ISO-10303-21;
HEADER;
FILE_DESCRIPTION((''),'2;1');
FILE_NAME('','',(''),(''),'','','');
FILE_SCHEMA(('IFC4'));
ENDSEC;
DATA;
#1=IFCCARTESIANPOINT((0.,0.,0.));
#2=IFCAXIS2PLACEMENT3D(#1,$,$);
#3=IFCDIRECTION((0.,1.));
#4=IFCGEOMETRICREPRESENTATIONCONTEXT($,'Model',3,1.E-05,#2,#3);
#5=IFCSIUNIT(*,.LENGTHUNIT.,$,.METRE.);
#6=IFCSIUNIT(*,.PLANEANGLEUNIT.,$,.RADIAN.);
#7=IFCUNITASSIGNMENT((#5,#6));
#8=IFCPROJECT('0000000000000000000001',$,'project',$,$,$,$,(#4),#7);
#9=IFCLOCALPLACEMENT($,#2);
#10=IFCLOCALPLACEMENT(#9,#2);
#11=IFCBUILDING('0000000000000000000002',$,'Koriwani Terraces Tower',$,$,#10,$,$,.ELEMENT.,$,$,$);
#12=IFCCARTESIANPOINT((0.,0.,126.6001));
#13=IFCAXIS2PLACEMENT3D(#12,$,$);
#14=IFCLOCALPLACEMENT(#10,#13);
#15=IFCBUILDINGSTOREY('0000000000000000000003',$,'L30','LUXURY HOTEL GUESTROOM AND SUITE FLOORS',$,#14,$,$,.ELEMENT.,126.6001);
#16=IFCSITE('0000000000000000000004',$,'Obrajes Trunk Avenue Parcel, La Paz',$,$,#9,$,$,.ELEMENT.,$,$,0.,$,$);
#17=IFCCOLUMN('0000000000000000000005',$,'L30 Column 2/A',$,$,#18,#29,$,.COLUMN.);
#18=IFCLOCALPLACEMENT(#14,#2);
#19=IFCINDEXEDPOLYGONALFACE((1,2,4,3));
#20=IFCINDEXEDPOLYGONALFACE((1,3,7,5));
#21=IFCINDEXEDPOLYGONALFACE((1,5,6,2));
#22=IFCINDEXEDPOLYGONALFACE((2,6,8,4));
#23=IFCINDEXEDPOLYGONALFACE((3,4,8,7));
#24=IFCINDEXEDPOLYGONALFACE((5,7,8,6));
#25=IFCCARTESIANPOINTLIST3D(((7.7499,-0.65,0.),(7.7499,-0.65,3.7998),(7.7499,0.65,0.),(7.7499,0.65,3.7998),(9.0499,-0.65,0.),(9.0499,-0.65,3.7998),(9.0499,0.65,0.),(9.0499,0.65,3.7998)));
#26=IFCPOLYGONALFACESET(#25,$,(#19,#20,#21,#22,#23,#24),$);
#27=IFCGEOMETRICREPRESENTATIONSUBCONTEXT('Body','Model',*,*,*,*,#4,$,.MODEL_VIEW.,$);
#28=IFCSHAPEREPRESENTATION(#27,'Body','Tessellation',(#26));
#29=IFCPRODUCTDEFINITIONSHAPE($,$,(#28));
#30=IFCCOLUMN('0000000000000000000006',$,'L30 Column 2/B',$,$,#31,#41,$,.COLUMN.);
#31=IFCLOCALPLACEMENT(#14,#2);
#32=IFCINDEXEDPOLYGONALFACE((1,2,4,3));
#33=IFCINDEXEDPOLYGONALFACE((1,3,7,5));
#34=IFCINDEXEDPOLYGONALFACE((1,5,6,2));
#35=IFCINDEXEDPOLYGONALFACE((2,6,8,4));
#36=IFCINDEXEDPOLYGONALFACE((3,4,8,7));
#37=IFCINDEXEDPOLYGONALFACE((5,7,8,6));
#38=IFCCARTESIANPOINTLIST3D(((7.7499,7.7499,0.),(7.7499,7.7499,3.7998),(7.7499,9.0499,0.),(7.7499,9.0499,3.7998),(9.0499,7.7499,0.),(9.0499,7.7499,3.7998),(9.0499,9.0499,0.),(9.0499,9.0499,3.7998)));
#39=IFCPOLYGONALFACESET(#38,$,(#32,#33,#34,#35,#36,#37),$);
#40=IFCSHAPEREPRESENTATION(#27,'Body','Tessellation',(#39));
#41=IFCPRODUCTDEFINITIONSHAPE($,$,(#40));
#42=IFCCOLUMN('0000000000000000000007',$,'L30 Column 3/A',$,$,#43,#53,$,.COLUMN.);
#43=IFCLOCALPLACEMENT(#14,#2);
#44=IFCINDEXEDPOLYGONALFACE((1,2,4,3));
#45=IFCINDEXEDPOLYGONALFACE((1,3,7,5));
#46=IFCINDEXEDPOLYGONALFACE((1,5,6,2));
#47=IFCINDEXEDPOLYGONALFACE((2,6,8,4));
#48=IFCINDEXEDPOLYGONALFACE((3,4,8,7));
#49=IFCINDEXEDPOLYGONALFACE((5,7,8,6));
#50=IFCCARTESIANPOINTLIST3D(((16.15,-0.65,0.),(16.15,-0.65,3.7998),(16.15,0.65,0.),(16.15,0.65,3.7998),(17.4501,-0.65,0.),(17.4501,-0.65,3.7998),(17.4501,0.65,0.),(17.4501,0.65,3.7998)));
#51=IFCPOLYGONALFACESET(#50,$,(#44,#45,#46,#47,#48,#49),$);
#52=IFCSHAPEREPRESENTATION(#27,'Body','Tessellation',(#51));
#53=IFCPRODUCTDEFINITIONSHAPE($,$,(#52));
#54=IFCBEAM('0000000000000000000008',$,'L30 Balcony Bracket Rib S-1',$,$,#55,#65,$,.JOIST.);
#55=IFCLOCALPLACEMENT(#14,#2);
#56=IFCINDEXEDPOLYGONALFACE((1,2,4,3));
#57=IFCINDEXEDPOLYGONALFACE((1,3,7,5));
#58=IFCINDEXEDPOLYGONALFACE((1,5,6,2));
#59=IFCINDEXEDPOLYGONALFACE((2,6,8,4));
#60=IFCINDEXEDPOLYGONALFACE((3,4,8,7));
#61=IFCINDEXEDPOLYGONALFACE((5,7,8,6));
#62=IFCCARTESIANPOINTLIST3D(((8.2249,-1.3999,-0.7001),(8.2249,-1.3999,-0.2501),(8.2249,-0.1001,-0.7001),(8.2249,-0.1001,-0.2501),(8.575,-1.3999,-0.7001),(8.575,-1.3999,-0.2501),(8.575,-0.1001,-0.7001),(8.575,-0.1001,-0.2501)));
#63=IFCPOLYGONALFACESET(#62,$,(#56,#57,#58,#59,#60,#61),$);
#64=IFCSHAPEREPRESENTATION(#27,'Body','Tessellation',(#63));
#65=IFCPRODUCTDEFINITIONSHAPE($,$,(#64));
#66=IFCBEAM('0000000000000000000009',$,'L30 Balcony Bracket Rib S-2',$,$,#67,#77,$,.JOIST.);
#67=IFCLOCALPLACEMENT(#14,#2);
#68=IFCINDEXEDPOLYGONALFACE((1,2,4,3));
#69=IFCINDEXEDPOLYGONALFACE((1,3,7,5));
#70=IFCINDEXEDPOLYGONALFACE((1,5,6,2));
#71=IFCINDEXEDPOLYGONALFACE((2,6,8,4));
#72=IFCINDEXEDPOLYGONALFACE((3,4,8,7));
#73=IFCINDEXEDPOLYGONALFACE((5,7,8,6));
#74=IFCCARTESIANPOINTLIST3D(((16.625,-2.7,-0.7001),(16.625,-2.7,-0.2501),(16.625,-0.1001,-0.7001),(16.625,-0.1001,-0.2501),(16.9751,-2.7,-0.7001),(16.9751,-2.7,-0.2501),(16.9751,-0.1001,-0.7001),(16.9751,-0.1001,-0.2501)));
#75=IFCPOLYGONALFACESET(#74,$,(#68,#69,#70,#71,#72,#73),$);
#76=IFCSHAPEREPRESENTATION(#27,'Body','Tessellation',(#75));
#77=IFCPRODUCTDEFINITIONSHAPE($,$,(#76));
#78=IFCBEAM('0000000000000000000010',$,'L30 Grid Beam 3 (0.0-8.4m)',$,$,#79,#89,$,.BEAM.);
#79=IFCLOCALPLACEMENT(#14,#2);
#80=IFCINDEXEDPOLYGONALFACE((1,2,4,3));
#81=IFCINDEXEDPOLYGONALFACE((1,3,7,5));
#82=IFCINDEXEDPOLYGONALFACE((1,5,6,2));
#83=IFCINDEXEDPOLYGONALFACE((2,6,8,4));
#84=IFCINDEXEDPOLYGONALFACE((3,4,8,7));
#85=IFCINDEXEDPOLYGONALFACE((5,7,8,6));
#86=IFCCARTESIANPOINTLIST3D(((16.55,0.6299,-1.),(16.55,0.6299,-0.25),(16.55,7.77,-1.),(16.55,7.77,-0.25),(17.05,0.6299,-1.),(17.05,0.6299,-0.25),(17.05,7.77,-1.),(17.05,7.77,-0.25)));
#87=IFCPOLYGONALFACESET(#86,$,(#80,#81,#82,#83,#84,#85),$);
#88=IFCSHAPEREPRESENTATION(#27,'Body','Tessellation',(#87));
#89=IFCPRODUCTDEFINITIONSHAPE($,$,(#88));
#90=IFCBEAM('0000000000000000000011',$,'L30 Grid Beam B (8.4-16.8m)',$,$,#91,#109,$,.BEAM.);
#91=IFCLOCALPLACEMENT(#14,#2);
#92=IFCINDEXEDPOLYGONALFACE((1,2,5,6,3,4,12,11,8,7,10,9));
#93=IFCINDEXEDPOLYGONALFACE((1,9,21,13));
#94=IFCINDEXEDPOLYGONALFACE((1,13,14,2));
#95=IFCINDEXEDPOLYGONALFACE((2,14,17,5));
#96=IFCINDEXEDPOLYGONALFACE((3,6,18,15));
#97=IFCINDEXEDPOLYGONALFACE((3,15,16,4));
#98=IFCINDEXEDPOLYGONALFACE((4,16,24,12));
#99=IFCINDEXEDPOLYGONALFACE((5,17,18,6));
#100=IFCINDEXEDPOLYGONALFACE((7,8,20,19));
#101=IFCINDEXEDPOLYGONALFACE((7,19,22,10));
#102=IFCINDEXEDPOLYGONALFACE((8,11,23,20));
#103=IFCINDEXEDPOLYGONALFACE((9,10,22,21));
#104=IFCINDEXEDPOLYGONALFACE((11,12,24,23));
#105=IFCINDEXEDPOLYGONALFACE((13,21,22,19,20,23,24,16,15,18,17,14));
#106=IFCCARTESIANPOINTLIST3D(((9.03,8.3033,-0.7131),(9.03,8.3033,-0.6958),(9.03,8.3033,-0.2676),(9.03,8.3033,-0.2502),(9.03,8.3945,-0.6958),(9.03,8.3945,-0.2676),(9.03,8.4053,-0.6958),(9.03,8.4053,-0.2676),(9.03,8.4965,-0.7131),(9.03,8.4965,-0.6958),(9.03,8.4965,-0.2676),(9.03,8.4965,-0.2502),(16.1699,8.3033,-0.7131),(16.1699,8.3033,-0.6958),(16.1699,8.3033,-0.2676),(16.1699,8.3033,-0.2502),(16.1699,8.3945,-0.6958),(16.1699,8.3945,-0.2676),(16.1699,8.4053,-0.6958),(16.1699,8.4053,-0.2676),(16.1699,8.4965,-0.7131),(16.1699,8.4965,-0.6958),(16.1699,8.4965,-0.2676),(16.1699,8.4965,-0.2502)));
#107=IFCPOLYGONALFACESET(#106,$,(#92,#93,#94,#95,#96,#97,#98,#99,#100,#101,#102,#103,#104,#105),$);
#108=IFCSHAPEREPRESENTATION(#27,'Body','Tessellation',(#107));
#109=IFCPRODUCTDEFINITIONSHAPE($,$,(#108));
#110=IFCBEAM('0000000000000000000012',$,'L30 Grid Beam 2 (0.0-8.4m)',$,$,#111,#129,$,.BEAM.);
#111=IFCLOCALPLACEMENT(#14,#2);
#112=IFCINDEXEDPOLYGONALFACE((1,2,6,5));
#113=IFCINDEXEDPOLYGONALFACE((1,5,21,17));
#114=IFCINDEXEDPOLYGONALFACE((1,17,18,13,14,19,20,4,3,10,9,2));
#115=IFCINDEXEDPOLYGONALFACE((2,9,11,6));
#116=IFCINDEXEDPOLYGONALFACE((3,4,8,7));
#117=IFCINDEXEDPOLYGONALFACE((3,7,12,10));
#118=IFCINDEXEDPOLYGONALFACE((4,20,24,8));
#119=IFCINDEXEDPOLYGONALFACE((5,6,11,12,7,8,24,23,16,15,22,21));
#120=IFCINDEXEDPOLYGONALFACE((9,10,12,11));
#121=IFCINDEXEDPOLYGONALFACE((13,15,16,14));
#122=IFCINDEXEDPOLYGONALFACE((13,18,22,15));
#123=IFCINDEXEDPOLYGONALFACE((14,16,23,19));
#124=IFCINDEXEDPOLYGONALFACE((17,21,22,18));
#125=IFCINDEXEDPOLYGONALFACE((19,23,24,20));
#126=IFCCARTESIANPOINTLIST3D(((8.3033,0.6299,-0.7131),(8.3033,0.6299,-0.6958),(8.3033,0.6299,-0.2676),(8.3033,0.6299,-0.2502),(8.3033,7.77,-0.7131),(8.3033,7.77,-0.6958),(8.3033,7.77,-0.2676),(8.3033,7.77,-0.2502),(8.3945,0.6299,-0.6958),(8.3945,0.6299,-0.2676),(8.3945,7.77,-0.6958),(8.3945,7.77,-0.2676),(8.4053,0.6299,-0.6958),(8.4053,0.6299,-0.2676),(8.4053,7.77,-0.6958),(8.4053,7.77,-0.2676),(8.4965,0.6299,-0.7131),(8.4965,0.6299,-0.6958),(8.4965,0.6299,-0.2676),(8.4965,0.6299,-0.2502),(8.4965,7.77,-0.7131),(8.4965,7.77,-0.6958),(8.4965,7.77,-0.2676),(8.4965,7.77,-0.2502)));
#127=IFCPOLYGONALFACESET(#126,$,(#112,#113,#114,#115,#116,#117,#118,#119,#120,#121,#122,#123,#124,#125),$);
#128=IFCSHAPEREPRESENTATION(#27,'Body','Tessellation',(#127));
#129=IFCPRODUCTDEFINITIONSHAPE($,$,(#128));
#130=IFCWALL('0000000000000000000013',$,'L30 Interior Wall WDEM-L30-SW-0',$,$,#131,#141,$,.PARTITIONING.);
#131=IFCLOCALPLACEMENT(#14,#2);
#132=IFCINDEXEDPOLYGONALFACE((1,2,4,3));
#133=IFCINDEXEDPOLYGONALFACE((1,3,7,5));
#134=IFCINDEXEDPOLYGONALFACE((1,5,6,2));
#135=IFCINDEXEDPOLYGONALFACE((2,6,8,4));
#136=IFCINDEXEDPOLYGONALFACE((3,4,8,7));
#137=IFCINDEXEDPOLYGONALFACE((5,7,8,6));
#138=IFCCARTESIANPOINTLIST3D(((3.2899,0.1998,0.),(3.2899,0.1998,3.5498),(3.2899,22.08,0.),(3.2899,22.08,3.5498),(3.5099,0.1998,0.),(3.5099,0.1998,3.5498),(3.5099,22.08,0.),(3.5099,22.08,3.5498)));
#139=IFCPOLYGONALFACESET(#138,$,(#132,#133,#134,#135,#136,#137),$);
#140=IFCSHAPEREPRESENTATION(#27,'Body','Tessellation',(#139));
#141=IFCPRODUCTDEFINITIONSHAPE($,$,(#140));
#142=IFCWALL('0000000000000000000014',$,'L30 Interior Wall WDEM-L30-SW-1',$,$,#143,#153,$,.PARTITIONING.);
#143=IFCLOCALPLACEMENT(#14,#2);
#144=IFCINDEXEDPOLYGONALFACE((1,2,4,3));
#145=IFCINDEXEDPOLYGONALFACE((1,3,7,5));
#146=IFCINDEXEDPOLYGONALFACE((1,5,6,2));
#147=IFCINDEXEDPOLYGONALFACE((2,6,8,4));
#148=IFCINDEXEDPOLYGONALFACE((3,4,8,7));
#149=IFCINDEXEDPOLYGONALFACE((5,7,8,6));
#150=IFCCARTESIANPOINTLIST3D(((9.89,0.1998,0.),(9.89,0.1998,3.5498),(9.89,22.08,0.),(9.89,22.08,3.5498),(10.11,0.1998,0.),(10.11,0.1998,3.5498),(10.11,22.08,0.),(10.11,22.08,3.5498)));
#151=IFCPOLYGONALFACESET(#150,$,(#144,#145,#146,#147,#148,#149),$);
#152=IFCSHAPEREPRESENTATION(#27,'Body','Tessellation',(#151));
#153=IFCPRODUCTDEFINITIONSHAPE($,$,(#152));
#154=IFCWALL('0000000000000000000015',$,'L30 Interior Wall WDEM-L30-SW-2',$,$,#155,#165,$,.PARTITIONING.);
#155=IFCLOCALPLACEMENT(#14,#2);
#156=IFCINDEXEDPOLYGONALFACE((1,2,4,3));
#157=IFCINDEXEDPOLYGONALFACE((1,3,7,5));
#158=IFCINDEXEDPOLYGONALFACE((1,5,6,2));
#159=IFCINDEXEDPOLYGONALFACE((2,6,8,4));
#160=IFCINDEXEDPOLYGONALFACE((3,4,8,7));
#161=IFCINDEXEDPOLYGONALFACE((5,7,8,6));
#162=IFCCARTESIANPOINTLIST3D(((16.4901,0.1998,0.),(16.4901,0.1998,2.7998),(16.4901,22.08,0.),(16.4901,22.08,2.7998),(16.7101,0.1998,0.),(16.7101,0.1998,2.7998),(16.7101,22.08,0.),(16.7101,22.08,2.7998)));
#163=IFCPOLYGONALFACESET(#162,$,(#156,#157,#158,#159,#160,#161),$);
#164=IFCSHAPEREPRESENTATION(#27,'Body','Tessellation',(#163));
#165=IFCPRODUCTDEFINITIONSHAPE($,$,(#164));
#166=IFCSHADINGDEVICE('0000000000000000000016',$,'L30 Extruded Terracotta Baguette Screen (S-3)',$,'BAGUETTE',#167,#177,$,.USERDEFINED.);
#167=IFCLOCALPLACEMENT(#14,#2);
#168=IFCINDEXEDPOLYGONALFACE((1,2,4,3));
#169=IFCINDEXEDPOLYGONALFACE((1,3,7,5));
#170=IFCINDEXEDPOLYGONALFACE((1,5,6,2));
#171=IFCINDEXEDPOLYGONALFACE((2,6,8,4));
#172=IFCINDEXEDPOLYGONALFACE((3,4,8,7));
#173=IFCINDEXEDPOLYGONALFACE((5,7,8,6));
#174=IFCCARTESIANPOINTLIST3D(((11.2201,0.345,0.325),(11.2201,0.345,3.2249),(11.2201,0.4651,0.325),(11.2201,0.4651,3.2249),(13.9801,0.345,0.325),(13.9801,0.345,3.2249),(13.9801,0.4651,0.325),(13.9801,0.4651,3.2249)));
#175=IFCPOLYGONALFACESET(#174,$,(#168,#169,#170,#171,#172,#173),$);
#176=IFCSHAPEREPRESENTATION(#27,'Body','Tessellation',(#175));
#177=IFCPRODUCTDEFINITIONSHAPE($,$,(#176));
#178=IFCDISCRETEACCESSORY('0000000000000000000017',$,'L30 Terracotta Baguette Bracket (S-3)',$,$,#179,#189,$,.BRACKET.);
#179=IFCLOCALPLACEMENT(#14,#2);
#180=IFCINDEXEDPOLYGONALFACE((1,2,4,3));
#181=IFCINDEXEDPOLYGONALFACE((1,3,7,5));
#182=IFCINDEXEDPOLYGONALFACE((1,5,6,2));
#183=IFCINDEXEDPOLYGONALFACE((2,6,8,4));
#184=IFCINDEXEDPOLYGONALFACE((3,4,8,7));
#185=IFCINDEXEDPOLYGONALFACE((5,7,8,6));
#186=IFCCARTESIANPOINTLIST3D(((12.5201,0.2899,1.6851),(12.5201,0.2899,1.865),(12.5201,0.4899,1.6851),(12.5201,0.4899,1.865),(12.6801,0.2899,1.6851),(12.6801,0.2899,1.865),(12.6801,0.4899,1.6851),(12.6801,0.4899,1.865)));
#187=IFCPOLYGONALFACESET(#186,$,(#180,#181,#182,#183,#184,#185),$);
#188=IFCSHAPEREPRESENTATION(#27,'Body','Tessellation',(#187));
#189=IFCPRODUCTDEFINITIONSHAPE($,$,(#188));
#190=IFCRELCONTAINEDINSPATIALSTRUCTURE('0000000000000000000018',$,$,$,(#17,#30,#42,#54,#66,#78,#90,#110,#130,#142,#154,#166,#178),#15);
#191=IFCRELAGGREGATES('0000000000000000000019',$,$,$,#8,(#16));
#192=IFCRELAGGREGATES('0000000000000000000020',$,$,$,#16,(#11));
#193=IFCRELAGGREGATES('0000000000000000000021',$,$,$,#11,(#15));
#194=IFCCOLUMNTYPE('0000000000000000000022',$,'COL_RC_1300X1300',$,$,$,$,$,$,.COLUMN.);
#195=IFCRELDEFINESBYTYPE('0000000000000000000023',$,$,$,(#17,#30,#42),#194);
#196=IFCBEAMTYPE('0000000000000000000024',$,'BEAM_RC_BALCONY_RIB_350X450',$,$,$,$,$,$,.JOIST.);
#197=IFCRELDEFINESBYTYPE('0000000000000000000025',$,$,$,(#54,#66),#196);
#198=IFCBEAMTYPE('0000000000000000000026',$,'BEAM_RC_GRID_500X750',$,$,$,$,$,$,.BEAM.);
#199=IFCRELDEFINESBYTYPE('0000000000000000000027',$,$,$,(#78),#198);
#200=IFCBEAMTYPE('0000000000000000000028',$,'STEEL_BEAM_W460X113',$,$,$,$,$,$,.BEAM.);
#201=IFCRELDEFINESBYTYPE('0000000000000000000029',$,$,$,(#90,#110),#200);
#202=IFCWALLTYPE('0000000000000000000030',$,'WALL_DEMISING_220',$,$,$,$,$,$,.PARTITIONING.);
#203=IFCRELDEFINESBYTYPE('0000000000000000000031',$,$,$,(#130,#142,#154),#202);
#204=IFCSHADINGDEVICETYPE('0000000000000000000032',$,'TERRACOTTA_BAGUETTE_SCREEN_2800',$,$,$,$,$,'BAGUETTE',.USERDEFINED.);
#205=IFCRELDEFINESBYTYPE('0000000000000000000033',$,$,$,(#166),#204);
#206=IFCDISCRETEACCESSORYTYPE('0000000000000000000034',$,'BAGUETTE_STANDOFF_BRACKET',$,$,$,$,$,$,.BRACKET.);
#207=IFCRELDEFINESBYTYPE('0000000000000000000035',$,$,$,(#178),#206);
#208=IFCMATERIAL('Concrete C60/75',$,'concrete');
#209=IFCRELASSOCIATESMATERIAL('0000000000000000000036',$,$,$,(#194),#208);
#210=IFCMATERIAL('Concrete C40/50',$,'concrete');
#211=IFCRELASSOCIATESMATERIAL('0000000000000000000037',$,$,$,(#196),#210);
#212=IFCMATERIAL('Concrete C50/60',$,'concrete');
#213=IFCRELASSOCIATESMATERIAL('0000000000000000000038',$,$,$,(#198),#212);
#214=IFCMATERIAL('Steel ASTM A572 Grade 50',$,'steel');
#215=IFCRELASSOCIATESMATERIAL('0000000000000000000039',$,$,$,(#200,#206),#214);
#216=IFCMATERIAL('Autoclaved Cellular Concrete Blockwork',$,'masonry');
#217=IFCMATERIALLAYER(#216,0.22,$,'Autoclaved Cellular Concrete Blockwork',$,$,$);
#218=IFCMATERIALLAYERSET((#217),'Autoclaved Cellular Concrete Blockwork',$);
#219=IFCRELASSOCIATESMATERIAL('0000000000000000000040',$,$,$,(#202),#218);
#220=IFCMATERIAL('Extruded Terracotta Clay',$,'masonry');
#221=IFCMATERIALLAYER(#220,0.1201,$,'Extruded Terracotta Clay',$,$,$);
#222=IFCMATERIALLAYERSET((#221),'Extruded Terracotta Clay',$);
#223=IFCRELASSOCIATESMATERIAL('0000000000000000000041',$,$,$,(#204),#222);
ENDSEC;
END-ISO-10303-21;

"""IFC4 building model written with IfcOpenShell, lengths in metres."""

from ifc_helpers import new_model, si_unit, direction, frame, frame_2d, origin, origin_2d, place, context, subcontext, project, spatial, rectangle, i_section, extrude, material, layer, layer_set, material_profile, profile_set, type_object, element, save


model = new_model("IFC4")

# Units and contexts
model_context = context("Model", 3, precision=1e-05, world=origin(), true_north=direction((0.0, 1.0)))
body_context = subcontext(model_context, "Body", "Model", "MODEL_VIEW")
ifc_project = project(units=[si_unit("LENGTHUNIT", "METRE"), si_unit("PLANEANGLEUNIT", "RADIAN")], contexts=[model_context])

# Site, building, storey
site_placement = place(None, origin())
site = spatial("IfcSite", under=ifc_project, at=site_placement, Name="Obrajes Trunk Avenue Parcel, La Paz", CompositionType="ELEMENT", RefElevation=0.0)
building_placement = place(site_placement, origin())
building = spatial("IfcBuilding", under=site, at=building_placement, Name="Koriwani Terraces Tower", CompositionType="ELEMENT")
storey_placement = place(building_placement, frame((0.0, 0.0, 126.6001)))
storey = spatial("IfcBuildingStorey", under=building, at=storey_placement, Name="L30", Description="LUXURY HOTEL GUESTROOM AND SUITE FLOORS", CompositionType="ELEMENT", Elevation=126.6001)

# Columns
ifc_material_1 = material(Name="Concrete C60/75", Category="concrete")
ifc_material_profile_1 = material_profile(ifc_material_1, rectangle(XDim=1.3, YDim=1.3, at=origin_2d()), Name="Concrete C60/75", Category="LoadBearing")
ifc_profile_set_1 = profile_set([ifc_material_profile_1], Name="Concrete C60/75")
column_type = type_object("IfcColumnType", Name="COL_RC_1300X1300", PredefinedType="COLUMN", material=ifc_profile_set_1)
for number, where, z_axis, x_axis, name in (
    (1, (8.3999, 0.0, 0.0), (0.0, 0.0, 1.0), (1.0, 0.0, 0.0), "L30 Column 2/A"),
    (2, (8.3999, 8.3999, 0.0), (0.0, 0.0, 1.0), (1.0, 0.0, 0.0), "L30 Column 2/B"),
    (3, (16.8, 0.0, 0.0), (0.0, 0.0, 1.0), (1.0, 0.0, 0.0), "L30 Column 3/A"),
):
    element("IfcColumn", number, at=place(storey_placement, frame(where, z_axis=z_axis, x_axis=x_axis)), inside=storey, type_object=column_type, Name=name, PredefinedType="COLUMN", context=body_context, shape_type="SweptSolid", body=[
        extrude(rectangle(XDim=1.3, YDim=1.3, at=origin_2d()), origin(), (0.0, 0.0, 1.0), 3.7998),
    ])

# Beams
ifc_material_2 = material(Name="Concrete C40/50", Category="concrete")
ifc_material_profile_2 = material_profile(ifc_material_2, rectangle(XDim=0.3501, YDim=0.45, at=origin_2d()), Name="Concrete C40/50", Category="LoadBearing")
ifc_profile_set_2 = profile_set([ifc_material_profile_2], Name="Concrete C40/50")
beam_type_1 = type_object("IfcBeamType", Name="BEAM_RC_BALCONY_RIB_350X450", PredefinedType="JOIST", material=ifc_profile_set_2)
beam_1_placement = place(storey_placement, frame((8.3999, -1.3999, -0.4751), z_axis=(0.0, 1.0, 0.0), x_axis=(-1.0, 0.0, 0.0)))
element("IfcBeam", 4, at=beam_1_placement, inside=storey, type_object=beam_type_1, Name="L30 Balcony Bracket Rib S-1", PredefinedType="JOIST", context=body_context, shape_type="SweptSolid", body=[
    extrude(rectangle(XDim=0.3501, YDim=0.45, at=origin_2d()), origin(), (0.0, 0.0, 1.0), 1.2998),
])
beam_2_placement = place(storey_placement, frame((16.8, -2.7, -0.4751), z_axis=(0.0, 1.0, 0.0), x_axis=(-1.0, 0.0, 0.0)))
element("IfcBeam", 5, at=beam_2_placement, inside=storey, type_object=beam_type_1, Name="L30 Balcony Bracket Rib S-2", PredefinedType="JOIST", context=body_context, shape_type="SweptSolid", body=[
    extrude(rectangle(XDim=0.3501, YDim=0.45, at=origin_2d()), origin(), (0.0, 0.0, 1.0), 2.5999),
])
ifc_material_3 = material(Name="Concrete C50/60", Category="concrete")
ifc_material_profile_3 = material_profile(ifc_material_3, rectangle(XDim=0.5, YDim=0.75, at=origin_2d()), Name="Concrete C50/60", Category="LoadBearing")
ifc_profile_set_3 = profile_set([ifc_material_profile_3], Name="Concrete C50/60")
beam_type_2 = type_object("IfcBeamType", Name="BEAM_RC_GRID_500X750", PredefinedType="BEAM", material=ifc_profile_set_3)
beam_3_placement = place(storey_placement, frame((16.8, 0.6299, -0.625), z_axis=(0.0, 1.0, 0.0), x_axis=(-1.0, 0.0, 0.0)))
element("IfcBeam", 6, at=beam_3_placement, inside=storey, type_object=beam_type_2, Name="L30 Grid Beam 3 (0.0-8.4m)", PredefinedType="BEAM", context=body_context, shape_type="SweptSolid", body=[
    extrude(rectangle(XDim=0.5, YDim=0.75, at=origin_2d()), origin(), (0.0, 0.0, 1.0), 7.1401),
])
ifc_material_4 = material(Name="Steel ASTM A572 Grade 50", Category="steel")
ifc_material_profile_4 = material_profile(ifc_material_4, i_section(OverallWidth=0.1931, OverallDepth=0.4629, WebThickness=0.0107, FlangeThickness=0.0173, at=origin_2d()), Name="Steel ASTM A572 Grade 50", Category="LoadBearing")
ifc_profile_set_4 = profile_set([ifc_material_profile_4], Name="Steel ASTM A572 Grade 50")
beam_type_3 = type_object("IfcBeamType", Name="STEEL_BEAM_W460X113", PredefinedType="BEAM", material=ifc_profile_set_4)
beam_4_placement = place(storey_placement, frame((9.03, 8.3999, -0.4817), z_axis=(1.0, 0.0, 0.0), x_axis=(0.0, 1.0, 0.0)))
element("IfcBeam", 7, at=beam_4_placement, inside=storey, type_object=beam_type_3, Name="L30 Grid Beam B (8.4-16.8m)", PredefinedType="BEAM", context=body_context, shape_type="SweptSolid", body=[
    extrude(i_section(OverallWidth=0.1931, OverallDepth=0.4629, WebThickness=0.0107, FlangeThickness=0.0173, at=origin_2d()), origin(), (0.0, 0.0, 1.0), 7.1399),
])
beam_5_placement = place(storey_placement, frame((8.3999, 0.6299, -0.4817), z_axis=(0.0, 1.0, 0.0), x_axis=(-1.0, 0.0, 0.0)))
element("IfcBeam", 8, at=beam_5_placement, inside=storey, type_object=beam_type_3, Name="L30 Grid Beam 2 (0.0-8.4m)", PredefinedType="BEAM", context=body_context, shape_type="SweptSolid", body=[
    extrude(i_section(OverallWidth=0.1931, OverallDepth=0.4629, WebThickness=0.0107, FlangeThickness=0.0173, at=origin_2d()), origin(), (0.0, 0.0, 1.0), 7.1401),
])

# Walls
ifc_material_5 = material(Name="Autoclaved Cellular Concrete Blockwork", Category="masonry")
ifc_layer_1 = layer(ifc_material_5, 0.22, Name="Autoclaved Cellular Concrete Blockwork")
ifc_layer_set_1 = layer_set([ifc_layer_1], Name="Autoclaved Cellular Concrete Blockwork")
wall_type = type_object("IfcWallType", Name="WALL_DEMISING_220", PredefinedType="PARTITIONING", material=ifc_layer_set_1)
for number, where, z_axis, x_axis, name in (
    (9, (3.3999, 0.2, 0.0), (0.0, 0.0, 1.0), (0.0, 1.0, 0.0), "L30 Interior Wall WDEM-L30-SW-0"),
    (10, (10.0, 0.2, 0.0), (0.0, 0.0, 1.0), (0.0, 1.0, 0.0), "L30 Interior Wall WDEM-L30-SW-1"),
):
    element("IfcWall", number, at=place(storey_placement, frame(where, z_axis=z_axis, x_axis=x_axis)), inside=storey, type_object=wall_type, Name=name, PredefinedType="PARTITIONING", context=body_context, shape_type="SweptSolid", body=[
        extrude(rectangle(XDim=21.8801, YDim=0.22, at=frame_2d((10.9399, 0.0))), origin(), (0.0, 0.0, 1.0), 3.5498),
    ])
wall_placement = place(storey_placement, frame((16.6001, 0.2, 0.0), z_axis=(0.0, 0.0, 1.0), x_axis=(0.0, 1.0, 0.0)))
element("IfcWall", 11, at=wall_placement, inside=storey, type_object=wall_type, Name="L30 Interior Wall WDEM-L30-SW-2", PredefinedType="PARTITIONING", context=body_context, shape_type="SweptSolid", body=[
    extrude(rectangle(XDim=21.8801, YDim=0.22, at=frame_2d((10.9399, 0.0))), origin(), (0.0, 0.0, 1.0), 2.7998),
])

# Shading device
ifc_material_6 = material(Name="Extruded Terracotta Clay", Category="masonry")
ifc_layer_2 = layer(ifc_material_6, 0.1201, Name="Extruded Terracotta Clay")
ifc_layer_set_2 = layer_set([ifc_layer_2], Name="Extruded Terracotta Clay")
shading_device_type = type_object("IfcShadingDeviceType", Name="TERRACOTTA_BAGUETTE_SCREEN_2800", ElementType="BAGUETTE", PredefinedType="USERDEFINED", material=ifc_layer_set_2)
shading_device_placement = place(storey_placement, frame((12.6001, 0.405, 0.325), z_axis=(0.0, 0.0, 1.0), x_axis=(-1.0, 0.0, 0.0)))
element("IfcShadingDevice", 12, at=shading_device_placement, inside=storey, type_object=shading_device_type, Name="L30 Extruded Terracotta Baguette Screen (S-3)", ObjectType="BAGUETTE", PredefinedType="USERDEFINED", context=body_context, shape_type="SweptSolid", body=[
    extrude(rectangle(XDim=2.76, YDim=0.1201, at=origin_2d()), origin(), (0.0, 0.0, 1.0), 2.8999),
])

# Discrete accessory
discrete_accessory_type = type_object("IfcDiscreteAccessoryType", Name="BAGUETTE_STANDOFF_BRACKET", PredefinedType="BRACKET", material=ifc_material_4)
discrete_accessory_placement = place(storey_placement, frame((12.6001, 0.3899, 1.6851), z_axis=(0.0, 0.0, 1.0), x_axis=(-1.0, 0.0, 0.0)))
element("IfcDiscreteAccessory", 13, at=discrete_accessory_placement, inside=storey, type_object=discrete_accessory_type, Name="L30 Terracotta Baguette Bracket (S-3)", PredefinedType="BRACKET", context=body_context, shape_type="SweptSolid", body=[
    extrude(rectangle(XDim=0.1599, YDim=0.2, at=origin_2d()), origin(), (0.0, 0.0, 1.0), 0.1799),
])

save(model, "model.ifc")
